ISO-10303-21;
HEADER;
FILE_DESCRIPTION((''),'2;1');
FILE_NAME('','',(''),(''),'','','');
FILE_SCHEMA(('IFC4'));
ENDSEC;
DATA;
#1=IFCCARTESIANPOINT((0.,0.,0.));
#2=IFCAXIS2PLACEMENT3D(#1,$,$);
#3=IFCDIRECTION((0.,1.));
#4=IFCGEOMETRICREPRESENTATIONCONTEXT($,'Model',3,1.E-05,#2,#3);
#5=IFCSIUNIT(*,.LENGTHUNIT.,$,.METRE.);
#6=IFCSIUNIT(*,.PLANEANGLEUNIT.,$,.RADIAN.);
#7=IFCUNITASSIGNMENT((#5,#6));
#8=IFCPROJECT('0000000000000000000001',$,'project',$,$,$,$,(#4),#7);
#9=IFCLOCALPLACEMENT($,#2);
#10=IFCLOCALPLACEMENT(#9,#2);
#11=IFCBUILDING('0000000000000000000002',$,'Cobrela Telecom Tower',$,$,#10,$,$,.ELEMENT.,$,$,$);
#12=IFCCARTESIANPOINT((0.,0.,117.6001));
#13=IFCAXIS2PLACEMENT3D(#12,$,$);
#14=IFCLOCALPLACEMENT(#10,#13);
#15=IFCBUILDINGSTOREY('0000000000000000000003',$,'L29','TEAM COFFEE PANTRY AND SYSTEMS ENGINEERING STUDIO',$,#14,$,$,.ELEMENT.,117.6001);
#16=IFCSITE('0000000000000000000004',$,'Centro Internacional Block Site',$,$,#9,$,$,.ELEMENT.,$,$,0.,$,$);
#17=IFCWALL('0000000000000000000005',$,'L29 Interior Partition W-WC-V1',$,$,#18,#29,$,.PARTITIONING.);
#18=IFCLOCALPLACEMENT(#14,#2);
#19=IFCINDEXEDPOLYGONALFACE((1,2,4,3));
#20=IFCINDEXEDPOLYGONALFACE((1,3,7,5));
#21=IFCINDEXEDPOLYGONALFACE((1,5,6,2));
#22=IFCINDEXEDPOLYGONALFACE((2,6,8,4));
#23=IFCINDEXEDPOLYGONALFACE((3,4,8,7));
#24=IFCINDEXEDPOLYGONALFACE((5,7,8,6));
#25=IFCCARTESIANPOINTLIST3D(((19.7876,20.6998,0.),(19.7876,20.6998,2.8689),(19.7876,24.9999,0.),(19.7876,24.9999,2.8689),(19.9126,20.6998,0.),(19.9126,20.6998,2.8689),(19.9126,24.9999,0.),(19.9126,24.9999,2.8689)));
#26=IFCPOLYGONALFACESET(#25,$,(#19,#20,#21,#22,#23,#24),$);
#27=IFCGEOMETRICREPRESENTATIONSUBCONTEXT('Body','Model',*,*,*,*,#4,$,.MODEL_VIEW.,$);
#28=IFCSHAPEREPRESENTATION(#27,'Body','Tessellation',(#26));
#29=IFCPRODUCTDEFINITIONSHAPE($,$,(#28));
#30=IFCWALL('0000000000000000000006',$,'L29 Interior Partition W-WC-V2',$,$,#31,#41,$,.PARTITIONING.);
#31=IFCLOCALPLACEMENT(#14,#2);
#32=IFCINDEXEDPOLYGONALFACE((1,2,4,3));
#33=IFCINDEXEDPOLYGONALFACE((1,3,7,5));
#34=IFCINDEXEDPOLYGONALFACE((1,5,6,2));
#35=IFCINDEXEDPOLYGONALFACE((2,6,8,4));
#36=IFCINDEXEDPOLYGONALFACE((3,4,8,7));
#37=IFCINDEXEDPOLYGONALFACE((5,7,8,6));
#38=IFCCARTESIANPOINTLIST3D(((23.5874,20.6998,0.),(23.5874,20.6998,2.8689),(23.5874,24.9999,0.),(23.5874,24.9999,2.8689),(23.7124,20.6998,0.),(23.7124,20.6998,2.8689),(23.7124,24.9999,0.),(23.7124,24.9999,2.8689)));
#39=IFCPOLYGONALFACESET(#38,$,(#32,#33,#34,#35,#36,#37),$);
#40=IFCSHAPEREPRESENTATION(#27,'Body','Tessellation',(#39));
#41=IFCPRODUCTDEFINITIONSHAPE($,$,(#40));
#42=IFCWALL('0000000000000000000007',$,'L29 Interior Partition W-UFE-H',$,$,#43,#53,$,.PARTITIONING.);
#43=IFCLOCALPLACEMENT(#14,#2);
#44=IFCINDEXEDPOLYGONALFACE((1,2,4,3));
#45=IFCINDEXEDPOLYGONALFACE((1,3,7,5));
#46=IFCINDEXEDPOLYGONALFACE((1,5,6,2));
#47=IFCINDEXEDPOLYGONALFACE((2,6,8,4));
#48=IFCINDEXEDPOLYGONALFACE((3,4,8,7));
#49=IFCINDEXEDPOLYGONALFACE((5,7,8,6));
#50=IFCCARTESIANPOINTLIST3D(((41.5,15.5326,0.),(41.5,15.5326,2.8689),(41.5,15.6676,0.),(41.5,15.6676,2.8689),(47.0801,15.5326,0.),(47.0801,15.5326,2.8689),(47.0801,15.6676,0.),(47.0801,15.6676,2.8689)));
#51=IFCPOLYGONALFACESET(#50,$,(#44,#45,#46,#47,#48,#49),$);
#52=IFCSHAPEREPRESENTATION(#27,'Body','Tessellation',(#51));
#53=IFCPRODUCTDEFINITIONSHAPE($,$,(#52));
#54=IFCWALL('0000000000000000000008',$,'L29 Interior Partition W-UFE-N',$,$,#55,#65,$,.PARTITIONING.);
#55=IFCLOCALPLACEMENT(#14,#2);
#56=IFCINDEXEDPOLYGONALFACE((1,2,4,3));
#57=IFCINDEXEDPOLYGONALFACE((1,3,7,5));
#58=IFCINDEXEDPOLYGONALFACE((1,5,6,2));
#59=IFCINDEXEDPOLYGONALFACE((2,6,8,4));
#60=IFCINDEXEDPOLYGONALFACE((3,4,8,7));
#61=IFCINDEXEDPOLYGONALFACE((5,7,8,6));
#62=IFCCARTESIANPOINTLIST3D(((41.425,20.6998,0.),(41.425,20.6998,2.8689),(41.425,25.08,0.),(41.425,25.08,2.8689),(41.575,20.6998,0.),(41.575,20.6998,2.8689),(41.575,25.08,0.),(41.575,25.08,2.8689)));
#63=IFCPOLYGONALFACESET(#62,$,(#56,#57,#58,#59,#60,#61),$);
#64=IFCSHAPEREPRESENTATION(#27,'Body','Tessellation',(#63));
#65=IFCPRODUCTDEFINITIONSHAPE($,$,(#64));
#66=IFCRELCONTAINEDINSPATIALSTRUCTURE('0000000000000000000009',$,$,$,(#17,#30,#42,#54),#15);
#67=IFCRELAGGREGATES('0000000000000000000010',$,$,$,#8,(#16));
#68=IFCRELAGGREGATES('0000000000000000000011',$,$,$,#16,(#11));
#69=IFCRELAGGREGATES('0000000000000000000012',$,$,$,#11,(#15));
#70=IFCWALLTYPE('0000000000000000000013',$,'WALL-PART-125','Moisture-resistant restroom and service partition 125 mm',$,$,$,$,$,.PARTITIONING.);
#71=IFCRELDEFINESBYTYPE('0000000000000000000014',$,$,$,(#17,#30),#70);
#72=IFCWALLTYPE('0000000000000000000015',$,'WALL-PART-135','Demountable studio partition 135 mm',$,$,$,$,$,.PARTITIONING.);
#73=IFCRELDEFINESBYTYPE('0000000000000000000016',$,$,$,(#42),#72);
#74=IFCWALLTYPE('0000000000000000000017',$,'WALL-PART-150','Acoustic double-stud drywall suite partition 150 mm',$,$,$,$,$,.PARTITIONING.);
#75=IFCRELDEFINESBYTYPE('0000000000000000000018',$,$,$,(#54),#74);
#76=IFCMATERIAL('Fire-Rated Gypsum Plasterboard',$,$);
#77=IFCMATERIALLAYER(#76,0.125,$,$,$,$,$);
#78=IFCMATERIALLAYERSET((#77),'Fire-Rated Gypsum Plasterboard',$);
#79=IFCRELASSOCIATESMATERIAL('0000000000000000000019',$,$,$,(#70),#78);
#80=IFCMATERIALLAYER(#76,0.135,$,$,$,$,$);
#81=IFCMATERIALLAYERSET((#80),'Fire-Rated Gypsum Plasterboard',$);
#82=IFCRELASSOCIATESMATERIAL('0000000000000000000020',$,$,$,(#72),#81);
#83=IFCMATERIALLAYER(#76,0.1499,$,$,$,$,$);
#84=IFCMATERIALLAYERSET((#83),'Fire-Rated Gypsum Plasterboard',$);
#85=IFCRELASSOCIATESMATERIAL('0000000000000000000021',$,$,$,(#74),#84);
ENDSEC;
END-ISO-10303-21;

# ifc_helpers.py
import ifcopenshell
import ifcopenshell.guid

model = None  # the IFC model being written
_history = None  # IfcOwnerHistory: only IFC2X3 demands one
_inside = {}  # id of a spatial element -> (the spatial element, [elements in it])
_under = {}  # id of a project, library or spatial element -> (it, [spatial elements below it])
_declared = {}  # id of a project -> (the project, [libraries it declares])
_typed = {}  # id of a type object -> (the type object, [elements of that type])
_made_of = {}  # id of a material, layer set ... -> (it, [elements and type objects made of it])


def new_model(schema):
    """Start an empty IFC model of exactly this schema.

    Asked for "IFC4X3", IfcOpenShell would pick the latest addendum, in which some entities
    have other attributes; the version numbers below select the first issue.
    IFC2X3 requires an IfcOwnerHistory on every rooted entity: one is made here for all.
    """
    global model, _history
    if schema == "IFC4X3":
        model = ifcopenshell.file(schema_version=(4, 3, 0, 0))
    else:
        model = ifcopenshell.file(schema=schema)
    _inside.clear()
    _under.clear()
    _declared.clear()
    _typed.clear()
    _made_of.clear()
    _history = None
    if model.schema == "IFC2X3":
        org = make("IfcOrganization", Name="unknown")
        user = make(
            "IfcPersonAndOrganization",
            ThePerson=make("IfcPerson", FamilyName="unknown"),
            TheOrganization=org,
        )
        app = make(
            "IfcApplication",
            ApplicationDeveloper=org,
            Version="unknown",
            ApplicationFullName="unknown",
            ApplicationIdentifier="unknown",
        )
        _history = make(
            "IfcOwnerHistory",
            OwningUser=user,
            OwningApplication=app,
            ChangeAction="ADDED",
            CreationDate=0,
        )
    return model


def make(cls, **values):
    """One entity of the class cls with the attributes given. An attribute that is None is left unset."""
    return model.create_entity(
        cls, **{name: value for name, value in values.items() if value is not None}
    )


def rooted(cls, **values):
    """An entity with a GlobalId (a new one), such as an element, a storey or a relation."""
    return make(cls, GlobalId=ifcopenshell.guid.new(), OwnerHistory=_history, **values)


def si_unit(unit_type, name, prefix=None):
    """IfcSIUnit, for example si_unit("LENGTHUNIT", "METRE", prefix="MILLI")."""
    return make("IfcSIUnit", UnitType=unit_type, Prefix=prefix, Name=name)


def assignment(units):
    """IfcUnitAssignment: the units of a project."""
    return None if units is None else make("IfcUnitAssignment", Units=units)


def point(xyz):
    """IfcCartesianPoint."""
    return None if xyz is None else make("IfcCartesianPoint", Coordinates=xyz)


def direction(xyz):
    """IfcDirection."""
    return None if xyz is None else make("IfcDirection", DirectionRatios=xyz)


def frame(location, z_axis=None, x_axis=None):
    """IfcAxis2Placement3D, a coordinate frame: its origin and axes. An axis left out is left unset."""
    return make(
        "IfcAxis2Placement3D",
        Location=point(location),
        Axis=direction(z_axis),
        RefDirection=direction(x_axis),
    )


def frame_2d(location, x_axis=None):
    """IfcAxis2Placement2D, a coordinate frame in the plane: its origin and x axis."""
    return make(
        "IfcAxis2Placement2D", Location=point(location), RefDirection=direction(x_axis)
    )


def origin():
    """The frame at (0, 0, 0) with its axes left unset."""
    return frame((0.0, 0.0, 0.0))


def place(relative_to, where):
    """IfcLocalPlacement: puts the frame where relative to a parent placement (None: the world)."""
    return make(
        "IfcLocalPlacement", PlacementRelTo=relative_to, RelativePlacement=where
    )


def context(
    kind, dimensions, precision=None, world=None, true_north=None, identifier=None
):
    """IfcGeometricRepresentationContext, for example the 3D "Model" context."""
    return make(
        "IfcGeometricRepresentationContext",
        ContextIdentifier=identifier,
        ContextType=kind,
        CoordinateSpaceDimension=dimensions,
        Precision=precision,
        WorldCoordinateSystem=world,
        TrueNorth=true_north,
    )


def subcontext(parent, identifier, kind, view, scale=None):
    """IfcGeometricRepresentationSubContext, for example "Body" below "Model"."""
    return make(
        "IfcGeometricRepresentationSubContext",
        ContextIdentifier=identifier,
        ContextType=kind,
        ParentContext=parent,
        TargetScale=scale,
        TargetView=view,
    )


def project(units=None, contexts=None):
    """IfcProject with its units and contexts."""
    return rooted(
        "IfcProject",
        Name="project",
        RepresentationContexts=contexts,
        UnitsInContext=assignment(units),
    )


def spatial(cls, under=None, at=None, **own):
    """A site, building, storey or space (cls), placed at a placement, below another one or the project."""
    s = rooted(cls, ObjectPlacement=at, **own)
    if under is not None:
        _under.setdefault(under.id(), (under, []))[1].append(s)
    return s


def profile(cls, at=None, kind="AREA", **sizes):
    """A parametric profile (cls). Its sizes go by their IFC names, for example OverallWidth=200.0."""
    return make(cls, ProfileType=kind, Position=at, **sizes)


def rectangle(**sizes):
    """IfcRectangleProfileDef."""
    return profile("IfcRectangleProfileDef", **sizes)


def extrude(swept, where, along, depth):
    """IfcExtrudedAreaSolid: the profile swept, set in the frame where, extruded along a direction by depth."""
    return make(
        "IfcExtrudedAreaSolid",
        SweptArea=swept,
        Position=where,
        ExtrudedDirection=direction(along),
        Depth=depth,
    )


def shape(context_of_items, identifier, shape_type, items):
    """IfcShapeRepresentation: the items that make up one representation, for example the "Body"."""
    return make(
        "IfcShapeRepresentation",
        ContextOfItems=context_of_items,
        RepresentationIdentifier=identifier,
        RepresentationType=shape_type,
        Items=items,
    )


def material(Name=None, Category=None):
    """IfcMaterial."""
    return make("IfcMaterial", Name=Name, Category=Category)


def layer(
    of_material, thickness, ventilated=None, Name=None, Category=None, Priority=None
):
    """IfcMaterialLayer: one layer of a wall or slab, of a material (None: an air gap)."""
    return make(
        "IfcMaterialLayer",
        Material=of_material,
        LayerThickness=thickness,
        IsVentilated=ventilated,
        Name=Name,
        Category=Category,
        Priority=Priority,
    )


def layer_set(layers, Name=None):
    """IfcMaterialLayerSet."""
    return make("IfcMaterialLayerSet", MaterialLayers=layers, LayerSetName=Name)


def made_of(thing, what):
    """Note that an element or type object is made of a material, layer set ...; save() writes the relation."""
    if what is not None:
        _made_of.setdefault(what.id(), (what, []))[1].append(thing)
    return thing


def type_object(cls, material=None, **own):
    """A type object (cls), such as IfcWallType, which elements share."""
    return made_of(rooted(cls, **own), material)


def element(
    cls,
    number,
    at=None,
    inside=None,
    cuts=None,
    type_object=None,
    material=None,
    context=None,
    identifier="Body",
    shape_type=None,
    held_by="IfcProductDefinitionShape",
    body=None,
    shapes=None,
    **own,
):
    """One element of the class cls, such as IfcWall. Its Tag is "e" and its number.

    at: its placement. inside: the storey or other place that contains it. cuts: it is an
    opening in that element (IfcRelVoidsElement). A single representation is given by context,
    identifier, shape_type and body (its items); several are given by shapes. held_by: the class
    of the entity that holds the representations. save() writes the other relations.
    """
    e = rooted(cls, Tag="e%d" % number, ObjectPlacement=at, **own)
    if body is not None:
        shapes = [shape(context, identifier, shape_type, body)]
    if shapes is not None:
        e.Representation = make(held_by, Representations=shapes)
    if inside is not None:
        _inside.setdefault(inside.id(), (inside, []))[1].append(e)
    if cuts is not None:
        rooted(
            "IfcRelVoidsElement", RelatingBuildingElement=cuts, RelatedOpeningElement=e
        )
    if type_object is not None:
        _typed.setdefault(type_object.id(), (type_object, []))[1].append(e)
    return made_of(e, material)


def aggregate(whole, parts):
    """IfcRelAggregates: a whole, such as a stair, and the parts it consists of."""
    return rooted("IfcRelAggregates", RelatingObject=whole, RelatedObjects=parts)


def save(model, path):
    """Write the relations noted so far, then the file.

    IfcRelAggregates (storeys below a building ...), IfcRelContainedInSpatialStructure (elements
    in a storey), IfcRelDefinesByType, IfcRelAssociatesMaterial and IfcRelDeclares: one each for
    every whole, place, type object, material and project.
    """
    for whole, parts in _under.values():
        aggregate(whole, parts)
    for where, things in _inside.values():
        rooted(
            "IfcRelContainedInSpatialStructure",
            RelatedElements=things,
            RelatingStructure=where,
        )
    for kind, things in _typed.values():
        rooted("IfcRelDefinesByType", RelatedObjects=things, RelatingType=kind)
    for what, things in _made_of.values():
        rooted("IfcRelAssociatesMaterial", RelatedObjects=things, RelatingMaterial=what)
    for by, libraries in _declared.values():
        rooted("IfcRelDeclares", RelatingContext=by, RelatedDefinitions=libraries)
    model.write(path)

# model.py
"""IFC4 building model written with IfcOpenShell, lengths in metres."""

from ifc_helpers import new_model, si_unit, direction, frame, frame_2d, origin, place, context, subcontext, project, spatial, rectangle, extrude, material, layer, layer_set, type_object, element, save


model = new_model("IFC4")

# Units and contexts
model_context = context("Model", 3, precision=1e-05, world=origin(), true_north=direction((0.0, 1.0)))
body_context = subcontext(model_context, "Body", "Model", "MODEL_VIEW")
ifc_project = project(units=[si_unit("LENGTHUNIT", "METRE"), si_unit("PLANEANGLEUNIT", "RADIAN")], contexts=[model_context])

# Site, building, storey
site_placement = place(None, origin())
site = spatial("IfcSite", under=ifc_project, at=site_placement, Name="Centro Internacional Block Site", CompositionType="ELEMENT", RefElevation=0.0)
building_placement = place(site_placement, origin())
building = spatial("IfcBuilding", under=site, at=building_placement, Name="Cobrela Telecom Tower", CompositionType="ELEMENT")
storey_placement = place(building_placement, frame((0.0, 0.0, 117.6001)))
storey = spatial("IfcBuildingStorey", under=building, at=storey_placement, Name="L29", Description="TEAM COFFEE PANTRY AND SYSTEMS ENGINEERING STUDIO", CompositionType="ELEMENT", Elevation=117.6001)

# Walls
ifc_material_1 = material(Name="Fire-Rated Gypsum Plasterboard")
ifc_layer_1 = layer(ifc_material_1, 0.125)
ifc_layer_set_1 = layer_set([ifc_layer_1], Name="Fire-Rated Gypsum Plasterboard")
wall_type_1 = type_object("IfcWallType", Name="WALL-PART-125", Description="Moisture-resistant restroom and service partition 125 mm", PredefinedType="PARTITIONING", material=ifc_layer_set_1)
for number, where, z_axis, x_axis, name in (
    (1, (19.8501, 20.7, 0.0), (0.0, 0.0, 1.0), (0.0, 1.0, 0.0), "L29 Interior Partition W-WC-V1"),
    (2, (23.6499, 20.7, 0.0), (0.0, 0.0, 1.0), (0.0, 1.0, 0.0), "L29 Interior Partition W-WC-V2"),
):
    element("IfcWall", number, at=place(storey_placement, frame(where, z_axis=z_axis, x_axis=x_axis)), inside=storey, type_object=wall_type_1, Name=name, PredefinedType="PARTITIONING", context=body_context, shape_type="SweptSolid", body=[
        extrude(rectangle(XDim=4.3, YDim=0.125, at=frame_2d((2.1499, 0.0))), origin(), (0.0, 0.0, 1.0), 2.8689),
    ])
ifc_layer_2 = layer(ifc_material_1, 0.135)
ifc_layer_set_2 = layer_set([ifc_layer_2], Name="Fire-Rated Gypsum Plasterboard")
wall_type_2 = type_object("IfcWallType", Name="WALL-PART-135", Description="Demountable studio partition 135 mm", PredefinedType="PARTITIONING", material=ifc_layer_set_2)
wall_1_placement = place(storey_placement, frame((41.5, 15.6001, 0.0), z_axis=(0.0, 0.0, 1.0), x_axis=(1.0, 0.0, 0.0)))
element("IfcWall", 3, at=wall_1_placement, inside=storey, type_object=wall_type_2, Name="L29 Interior Partition W-UFE-H", PredefinedType="PARTITIONING", context=body_context, shape_type="SweptSolid", body=[
    extrude(rectangle(XDim=5.5801, YDim=0.135, at=frame_2d((2.79, 0.0))), origin(), (0.0, 0.0, 1.0), 2.8689),
])
ifc_layer_3 = layer(ifc_material_1, 0.1499)
ifc_layer_set_3 = layer_set([ifc_layer_3], Name="Fire-Rated Gypsum Plasterboard")
wall_type_3 = type_object("IfcWallType", Name="WALL-PART-150", Description="Acoustic double-stud drywall suite partition 150 mm", PredefinedType="PARTITIONING", material=ifc_layer_set_3)
wall_2_placement = place(storey_placement, frame((41.5, 20.7, 0.0), z_axis=(0.0, 0.0, 1.0), x_axis=(0.0, 1.0, 0.0)))
element("IfcWall", 4, at=wall_2_placement, inside=storey, type_object=wall_type_3, Name="L29 Interior Partition W-UFE-N", PredefinedType="PARTITIONING", context=body_context, shape_type="SweptSolid", body=[
    extrude(rectangle(XDim=4.3801, YDim=0.1499, at=frame_2d((2.1899, 0.0))), origin(), (0.0, 0.0, 1.0), 2.8689),
])

save(model, "model.ifc")
